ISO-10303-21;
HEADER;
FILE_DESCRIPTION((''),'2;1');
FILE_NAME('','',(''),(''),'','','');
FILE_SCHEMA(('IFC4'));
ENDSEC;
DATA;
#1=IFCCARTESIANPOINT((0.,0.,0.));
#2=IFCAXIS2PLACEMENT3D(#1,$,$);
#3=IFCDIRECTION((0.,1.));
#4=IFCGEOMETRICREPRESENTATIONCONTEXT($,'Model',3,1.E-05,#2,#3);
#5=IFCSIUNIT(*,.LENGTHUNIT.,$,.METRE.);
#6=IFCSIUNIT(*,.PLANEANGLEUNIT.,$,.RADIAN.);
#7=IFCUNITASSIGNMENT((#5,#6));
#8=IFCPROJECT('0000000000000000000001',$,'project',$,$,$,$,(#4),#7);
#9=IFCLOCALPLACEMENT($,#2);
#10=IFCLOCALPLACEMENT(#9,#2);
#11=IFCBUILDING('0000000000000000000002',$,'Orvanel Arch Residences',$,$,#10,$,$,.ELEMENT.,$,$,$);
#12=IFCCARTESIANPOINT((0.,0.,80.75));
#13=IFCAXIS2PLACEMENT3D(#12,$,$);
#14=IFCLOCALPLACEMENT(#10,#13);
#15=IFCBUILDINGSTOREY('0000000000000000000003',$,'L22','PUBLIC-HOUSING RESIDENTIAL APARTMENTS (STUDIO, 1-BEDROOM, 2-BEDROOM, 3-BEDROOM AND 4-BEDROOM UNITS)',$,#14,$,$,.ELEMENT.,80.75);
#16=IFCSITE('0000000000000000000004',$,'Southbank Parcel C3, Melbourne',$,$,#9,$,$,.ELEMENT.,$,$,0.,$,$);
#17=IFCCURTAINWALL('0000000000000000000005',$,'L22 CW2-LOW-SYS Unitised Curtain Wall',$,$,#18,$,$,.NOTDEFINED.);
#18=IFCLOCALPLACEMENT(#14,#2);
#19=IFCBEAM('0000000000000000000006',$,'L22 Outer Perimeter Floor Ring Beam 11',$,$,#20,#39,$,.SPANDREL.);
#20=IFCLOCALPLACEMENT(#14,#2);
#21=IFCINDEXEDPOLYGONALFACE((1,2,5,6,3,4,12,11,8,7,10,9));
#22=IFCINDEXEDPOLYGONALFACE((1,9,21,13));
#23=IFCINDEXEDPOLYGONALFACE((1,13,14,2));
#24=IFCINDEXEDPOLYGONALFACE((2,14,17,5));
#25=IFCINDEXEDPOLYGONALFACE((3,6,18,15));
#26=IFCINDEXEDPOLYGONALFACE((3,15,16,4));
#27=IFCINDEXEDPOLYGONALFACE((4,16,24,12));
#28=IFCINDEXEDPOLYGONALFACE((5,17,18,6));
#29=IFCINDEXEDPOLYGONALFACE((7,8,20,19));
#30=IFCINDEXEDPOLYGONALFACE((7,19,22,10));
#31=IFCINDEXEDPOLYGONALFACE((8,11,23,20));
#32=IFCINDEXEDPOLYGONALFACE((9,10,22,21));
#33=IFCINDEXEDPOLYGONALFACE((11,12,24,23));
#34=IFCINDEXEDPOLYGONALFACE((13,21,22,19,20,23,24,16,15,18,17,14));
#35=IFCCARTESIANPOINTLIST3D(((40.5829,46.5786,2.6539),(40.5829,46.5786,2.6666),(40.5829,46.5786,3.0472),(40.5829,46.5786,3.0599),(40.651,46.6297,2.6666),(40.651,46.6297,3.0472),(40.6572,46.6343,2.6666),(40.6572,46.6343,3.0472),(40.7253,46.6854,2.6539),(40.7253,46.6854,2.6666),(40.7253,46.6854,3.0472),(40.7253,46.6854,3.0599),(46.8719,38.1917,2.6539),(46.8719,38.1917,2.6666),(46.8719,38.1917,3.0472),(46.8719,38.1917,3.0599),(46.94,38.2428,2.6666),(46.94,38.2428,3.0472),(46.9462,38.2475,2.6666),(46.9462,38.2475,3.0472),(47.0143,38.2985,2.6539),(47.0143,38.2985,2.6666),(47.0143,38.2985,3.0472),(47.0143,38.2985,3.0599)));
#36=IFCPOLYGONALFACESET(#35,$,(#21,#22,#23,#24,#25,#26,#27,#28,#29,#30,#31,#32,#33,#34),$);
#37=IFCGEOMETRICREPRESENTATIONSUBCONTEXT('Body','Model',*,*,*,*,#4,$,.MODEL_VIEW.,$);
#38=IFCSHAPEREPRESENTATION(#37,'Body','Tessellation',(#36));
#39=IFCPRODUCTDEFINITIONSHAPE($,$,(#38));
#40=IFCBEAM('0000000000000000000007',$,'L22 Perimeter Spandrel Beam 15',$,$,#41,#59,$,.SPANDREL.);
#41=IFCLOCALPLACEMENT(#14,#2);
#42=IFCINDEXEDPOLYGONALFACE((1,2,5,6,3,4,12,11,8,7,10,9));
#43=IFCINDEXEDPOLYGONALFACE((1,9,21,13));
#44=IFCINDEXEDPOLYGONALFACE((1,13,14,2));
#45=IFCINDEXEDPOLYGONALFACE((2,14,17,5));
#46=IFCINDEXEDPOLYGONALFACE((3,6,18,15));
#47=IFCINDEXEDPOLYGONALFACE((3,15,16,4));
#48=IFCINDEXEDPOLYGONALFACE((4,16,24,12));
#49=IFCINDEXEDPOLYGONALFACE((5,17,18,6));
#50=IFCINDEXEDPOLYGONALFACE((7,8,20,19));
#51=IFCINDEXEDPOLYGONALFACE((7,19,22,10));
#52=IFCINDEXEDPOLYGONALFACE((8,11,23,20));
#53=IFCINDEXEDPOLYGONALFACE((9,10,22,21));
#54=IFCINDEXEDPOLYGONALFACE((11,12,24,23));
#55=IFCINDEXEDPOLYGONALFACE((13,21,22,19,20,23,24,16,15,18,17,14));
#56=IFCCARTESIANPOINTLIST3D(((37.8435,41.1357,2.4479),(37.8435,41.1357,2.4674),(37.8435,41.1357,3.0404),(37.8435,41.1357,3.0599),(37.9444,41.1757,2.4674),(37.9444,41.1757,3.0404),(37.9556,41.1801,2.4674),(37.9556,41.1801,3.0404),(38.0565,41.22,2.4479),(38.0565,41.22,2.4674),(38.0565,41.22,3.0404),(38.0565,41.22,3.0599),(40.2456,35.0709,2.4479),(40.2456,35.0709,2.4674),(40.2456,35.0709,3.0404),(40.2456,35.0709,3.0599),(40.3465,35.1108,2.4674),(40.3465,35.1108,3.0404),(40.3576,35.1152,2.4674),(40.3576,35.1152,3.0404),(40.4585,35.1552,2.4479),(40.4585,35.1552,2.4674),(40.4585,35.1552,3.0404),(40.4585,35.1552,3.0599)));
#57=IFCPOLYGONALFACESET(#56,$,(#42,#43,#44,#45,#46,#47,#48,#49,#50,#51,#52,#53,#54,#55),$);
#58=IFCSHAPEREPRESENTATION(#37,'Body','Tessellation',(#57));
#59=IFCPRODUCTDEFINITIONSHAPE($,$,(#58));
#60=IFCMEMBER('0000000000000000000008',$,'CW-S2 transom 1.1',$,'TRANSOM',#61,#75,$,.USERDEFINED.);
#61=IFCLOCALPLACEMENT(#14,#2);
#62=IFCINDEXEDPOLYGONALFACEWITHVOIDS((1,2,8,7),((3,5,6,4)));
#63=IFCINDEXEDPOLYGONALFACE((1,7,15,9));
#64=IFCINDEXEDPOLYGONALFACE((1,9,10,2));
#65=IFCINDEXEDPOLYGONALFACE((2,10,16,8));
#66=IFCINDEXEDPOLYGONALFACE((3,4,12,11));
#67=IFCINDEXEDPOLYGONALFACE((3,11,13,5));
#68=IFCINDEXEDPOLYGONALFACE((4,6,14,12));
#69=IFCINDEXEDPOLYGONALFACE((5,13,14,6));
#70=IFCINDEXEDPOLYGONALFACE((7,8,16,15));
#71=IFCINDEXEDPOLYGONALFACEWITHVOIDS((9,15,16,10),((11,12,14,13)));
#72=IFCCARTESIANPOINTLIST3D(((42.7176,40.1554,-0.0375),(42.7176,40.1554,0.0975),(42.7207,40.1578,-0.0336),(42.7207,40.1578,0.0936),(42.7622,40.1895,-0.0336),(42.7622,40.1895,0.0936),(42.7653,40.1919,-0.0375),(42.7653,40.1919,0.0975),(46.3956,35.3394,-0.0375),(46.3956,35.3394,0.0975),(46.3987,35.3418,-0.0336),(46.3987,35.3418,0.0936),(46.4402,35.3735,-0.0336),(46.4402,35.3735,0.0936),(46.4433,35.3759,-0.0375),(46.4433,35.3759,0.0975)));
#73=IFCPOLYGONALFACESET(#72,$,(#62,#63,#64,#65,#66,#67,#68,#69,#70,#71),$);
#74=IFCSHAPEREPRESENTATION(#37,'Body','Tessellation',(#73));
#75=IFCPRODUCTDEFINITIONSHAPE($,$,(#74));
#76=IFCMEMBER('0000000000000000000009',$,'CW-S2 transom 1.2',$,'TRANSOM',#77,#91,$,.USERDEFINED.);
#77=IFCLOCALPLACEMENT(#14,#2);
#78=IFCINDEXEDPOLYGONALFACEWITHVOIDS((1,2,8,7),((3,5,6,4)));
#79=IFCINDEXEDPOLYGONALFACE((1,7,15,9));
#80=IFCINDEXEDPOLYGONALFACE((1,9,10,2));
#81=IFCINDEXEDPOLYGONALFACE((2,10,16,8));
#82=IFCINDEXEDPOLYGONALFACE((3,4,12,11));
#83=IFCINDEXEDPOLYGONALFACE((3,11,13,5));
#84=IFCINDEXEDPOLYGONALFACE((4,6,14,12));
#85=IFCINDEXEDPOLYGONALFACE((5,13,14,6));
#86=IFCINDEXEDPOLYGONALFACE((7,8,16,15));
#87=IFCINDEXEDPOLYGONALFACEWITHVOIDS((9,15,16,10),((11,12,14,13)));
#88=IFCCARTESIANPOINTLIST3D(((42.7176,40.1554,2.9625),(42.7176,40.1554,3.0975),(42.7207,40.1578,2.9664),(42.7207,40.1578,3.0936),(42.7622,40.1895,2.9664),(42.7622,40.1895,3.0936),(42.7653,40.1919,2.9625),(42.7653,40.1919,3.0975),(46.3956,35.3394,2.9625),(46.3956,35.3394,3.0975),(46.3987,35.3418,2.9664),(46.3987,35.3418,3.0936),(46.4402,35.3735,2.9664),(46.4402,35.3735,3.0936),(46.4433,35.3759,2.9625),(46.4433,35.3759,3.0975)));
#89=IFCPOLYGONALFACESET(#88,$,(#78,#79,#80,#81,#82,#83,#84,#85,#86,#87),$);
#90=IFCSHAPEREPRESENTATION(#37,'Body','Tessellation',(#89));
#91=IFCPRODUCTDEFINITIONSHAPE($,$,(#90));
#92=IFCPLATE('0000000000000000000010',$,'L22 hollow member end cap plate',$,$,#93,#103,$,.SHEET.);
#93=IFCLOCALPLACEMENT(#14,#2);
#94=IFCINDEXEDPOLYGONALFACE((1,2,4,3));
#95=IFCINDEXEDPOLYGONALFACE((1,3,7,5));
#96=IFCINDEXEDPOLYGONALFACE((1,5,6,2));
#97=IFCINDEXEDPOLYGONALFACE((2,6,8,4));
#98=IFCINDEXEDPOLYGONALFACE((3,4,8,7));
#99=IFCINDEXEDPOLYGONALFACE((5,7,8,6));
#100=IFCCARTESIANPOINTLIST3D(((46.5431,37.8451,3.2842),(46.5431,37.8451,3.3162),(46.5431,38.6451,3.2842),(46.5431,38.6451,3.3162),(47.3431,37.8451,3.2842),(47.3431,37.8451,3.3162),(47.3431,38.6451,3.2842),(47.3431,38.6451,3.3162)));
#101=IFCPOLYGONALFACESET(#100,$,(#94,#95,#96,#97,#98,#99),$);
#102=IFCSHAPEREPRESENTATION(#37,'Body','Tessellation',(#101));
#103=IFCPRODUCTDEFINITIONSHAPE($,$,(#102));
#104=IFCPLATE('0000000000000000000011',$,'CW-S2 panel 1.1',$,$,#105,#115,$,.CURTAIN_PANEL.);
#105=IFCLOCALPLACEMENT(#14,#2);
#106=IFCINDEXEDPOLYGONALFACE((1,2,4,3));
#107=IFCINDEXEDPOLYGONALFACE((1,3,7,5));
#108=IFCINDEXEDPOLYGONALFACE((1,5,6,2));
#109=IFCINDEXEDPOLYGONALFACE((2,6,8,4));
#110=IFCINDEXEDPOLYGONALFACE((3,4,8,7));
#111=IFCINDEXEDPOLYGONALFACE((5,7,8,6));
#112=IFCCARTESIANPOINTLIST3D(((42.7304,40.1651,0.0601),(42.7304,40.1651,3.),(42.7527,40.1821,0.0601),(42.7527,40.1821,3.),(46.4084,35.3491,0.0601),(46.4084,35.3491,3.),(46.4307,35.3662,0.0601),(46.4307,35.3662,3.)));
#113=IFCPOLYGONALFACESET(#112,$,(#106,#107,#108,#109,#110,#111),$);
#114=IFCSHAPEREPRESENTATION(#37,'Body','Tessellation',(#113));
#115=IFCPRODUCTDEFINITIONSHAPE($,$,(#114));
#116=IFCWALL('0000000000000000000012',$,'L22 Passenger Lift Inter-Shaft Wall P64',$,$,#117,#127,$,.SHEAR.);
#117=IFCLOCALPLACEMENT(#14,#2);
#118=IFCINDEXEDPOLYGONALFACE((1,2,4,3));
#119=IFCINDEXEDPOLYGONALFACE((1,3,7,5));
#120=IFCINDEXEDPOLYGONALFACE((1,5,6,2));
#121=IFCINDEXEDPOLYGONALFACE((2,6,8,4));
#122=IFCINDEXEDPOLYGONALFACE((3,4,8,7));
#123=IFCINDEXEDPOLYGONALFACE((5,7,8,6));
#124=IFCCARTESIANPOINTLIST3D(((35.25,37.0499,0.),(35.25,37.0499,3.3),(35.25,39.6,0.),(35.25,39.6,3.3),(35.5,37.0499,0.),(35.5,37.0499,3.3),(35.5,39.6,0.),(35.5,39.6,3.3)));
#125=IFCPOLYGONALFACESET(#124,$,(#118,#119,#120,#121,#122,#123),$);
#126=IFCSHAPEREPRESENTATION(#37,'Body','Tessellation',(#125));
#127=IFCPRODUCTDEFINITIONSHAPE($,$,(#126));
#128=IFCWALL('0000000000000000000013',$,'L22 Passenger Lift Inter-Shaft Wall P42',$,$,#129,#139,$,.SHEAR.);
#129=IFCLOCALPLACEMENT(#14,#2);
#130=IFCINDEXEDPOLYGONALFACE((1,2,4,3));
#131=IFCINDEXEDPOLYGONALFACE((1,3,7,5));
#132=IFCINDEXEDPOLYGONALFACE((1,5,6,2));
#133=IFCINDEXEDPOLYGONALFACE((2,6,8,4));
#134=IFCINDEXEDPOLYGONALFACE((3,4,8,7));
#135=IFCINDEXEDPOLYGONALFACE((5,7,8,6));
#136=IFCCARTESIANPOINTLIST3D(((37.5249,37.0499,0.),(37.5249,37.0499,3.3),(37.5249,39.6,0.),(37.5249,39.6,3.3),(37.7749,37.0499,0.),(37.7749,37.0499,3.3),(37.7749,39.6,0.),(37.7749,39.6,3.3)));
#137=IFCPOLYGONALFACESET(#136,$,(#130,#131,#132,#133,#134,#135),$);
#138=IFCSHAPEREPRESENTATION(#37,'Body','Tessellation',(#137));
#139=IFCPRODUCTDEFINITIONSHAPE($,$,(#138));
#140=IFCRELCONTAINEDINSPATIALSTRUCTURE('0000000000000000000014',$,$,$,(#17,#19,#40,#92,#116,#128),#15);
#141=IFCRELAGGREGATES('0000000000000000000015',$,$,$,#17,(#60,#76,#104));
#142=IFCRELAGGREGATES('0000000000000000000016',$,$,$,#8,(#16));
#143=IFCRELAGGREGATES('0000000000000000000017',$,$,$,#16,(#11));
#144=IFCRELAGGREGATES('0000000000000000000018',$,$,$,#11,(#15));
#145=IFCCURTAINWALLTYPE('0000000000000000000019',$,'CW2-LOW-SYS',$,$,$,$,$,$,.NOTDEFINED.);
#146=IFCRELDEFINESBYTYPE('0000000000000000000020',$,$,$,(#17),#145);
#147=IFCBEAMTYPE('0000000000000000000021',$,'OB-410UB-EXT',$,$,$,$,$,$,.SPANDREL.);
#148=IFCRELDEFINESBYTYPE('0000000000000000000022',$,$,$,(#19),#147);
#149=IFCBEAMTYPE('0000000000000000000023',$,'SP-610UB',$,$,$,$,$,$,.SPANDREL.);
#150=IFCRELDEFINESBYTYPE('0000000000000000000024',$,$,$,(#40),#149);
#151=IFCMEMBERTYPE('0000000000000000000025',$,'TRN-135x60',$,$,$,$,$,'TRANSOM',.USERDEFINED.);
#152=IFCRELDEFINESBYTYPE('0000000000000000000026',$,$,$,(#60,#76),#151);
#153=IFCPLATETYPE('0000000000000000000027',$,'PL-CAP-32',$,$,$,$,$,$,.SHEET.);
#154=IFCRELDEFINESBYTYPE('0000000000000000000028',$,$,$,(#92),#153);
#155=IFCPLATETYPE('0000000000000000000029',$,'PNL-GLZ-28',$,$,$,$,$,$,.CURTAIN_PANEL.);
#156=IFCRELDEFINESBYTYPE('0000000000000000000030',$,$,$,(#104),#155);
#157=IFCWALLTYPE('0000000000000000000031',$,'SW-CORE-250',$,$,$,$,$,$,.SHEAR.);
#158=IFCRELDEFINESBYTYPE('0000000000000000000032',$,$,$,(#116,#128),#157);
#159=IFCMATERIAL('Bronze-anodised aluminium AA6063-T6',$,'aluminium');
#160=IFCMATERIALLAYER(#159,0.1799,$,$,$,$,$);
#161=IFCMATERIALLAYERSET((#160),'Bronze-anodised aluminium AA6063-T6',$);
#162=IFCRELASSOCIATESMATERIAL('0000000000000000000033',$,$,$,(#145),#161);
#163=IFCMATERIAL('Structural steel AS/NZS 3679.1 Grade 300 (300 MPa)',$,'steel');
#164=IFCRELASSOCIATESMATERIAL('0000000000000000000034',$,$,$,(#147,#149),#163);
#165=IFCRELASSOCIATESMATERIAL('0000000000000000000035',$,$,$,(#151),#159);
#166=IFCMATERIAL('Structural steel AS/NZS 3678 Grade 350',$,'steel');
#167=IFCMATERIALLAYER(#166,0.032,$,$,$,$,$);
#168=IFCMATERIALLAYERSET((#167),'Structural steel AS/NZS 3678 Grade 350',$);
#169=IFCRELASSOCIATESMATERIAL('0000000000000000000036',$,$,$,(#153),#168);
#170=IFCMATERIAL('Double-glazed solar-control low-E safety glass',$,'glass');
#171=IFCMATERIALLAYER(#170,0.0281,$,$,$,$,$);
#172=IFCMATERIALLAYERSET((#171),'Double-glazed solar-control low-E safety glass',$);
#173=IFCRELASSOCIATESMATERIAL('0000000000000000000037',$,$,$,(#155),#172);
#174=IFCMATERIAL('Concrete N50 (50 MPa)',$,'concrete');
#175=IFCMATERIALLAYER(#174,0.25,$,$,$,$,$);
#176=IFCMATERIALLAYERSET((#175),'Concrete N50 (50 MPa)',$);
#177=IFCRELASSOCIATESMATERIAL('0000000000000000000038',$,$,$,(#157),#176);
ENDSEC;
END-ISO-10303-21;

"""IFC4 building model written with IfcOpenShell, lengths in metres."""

from ifc_helpers import new_model, si_unit, direction, frame, frame_2d, origin, origin_2d, place, context, subcontext, project, spatial, rectangle, hollow_rectangle, i_section, extrude, material, layer, layer_set, material_profile, profile_set, type_object, element, aggregate, save


model = new_model("IFC4")

# Units and contexts
model_context = context("Model", 3, precision=1e-05, world=origin(), true_north=direction((0.0, 1.0)))
body_context = subcontext(model_context, "Body", "Model", "MODEL_VIEW")
ifc_project = project(units=[si_unit("LENGTHUNIT", "METRE"), si_unit("PLANEANGLEUNIT", "RADIAN")], contexts=[model_context])

# Site, building, storey
site_placement = place(None, origin())
site = spatial("IfcSite", under=ifc_project, at=site_placement, Name="Southbank Parcel C3, Melbourne", CompositionType="ELEMENT", RefElevation=0.0)
building_placement = place(site_placement, origin())
building = spatial("IfcBuilding", under=site, at=building_placement, Name="Orvanel Arch Residences", CompositionType="ELEMENT")
storey_placement = place(building_placement, frame((0.0, 0.0, 80.75)))
storey = spatial("IfcBuildingStorey", under=building, at=storey_placement, Name="L22", Description="PUBLIC-HOUSING RESIDENTIAL APARTMENTS (STUDIO, 1-BEDROOM, 2-BEDROOM, 3-BEDROOM AND 4-BEDROOM UNITS)", CompositionType="ELEMENT", Elevation=80.75)

# Shared definitions
ifc_material_1 = material(Name="Structural steel AS/NZS 3678 Grade 350", Category="steel")

# Shared definitions
ifc_material_2 = material(Name="Structural steel AS/NZS 3679.1 Grade 300 (300 MPa)", Category="steel")

# Curtain wall
ifc_material_3 = material(Name="Bronze-anodised aluminium AA6063-T6", Category="aluminium")
ifc_layer_1 = layer(ifc_material_3, 0.1799)
ifc_layer_set_1 = layer_set([ifc_layer_1], Name="Bronze-anodised aluminium AA6063-T6")
curtain_wall_type = type_object("IfcCurtainWallType", Name="CW2-LOW-SYS", PredefinedType="NOTDEFINED", material=ifc_layer_set_1)
curtain_wall_1_placement = place(storey_placement, origin())
curtain_wall_1 = element("IfcCurtainWall", 1, at=curtain_wall_1_placement, inside=storey, type_object=curtain_wall_type, Name="L22 CW2-LOW-SYS Unitised Curtain Wall", PredefinedType="NOTDEFINED")

# Beams
ifc_material_profile_1 = material_profile(ifc_material_2, i_section(OverallWidth=0.178, OverallDepth=0.406, WebThickness=0.0078, FlangeThickness=0.0127, at=origin_2d()), Name="410UB59.7")
ifc_profile_set_1 = profile_set([ifc_material_profile_1], Name="Structural steel AS/NZS 3679.1 Grade 300 (300 MPa)")
beam_type_1 = type_object("IfcBeamType", Name="OB-410UB-EXT", PredefinedType="SPANDREL", material=ifc_profile_set_1)
beam_1_placement = place(storey_placement, frame((46.9431, 38.2451, 2.8569), z_axis=(-0.599929, 0.800053, 0.0), x_axis=(-0.800053, -0.599929, 0.0)))
element("IfcBeam", 2, at=beam_1_placement, inside=storey, type_object=beam_type_1, Name="L22 Outer Perimeter Floor Ring Beam 11", PredefinedType="SPANDREL", context=body_context, shape_type="SweptSolid", body=[
    extrude(i_section(OverallWidth=0.178, OverallDepth=0.406, WebThickness=0.0078, FlangeThickness=0.0127, at=origin_2d()), origin(), (0.0, 0.0, 1.0), 10.4829),
])
ifc_material_profile_2 = material_profile(ifc_material_2, i_section(OverallWidth=0.229, OverallDepth=0.6121, WebThickness=0.012, FlangeThickness=0.0195, at=origin_2d()), Name="610UB125")
ifc_profile_set_2 = profile_set([ifc_material_profile_2], Name="Structural steel AS/NZS 3679.1 Grade 300 (300 MPa)")
beam_type_2 = type_object("IfcBeamType", Name="SP-610UB", PredefinedType="SPANDREL", material=ifc_profile_set_2)
beam_2_placement = place(storey_placement, frame((40.3521, 35.113, 2.7539), z_axis=(-0.368233, 0.929733, 0.0), x_axis=(-0.929733, -0.368233, 0.0)))
element("IfcBeam", 3, at=beam_2_placement, inside=storey, type_object=beam_type_2, Name="L22 Perimeter Spandrel Beam 15", PredefinedType="SPANDREL", context=body_context, shape_type="SweptSolid", body=[
    extrude(i_section(OverallWidth=0.229, OverallDepth=0.6121, WebThickness=0.012, FlangeThickness=0.0195, at=origin_2d()), origin(), (0.0, 0.0, 1.0), 6.5232),
])

# Members
ifc_material_profile_3 = material_profile(ifc_material_3, hollow_rectangle(XDim=0.0601, YDim=0.135, WallThickness=0.0039, at=origin_2d()), Name="ALU135x60x4")
ifc_profile_set_3 = profile_set([ifc_material_profile_3], Name="Bronze-anodised aluminium AA6063-T6")
member_type_1 = type_object("IfcMemberType", Name="TRN-135x60", ElementType="TRANSOM", PredefinedType="USERDEFINED", material=ifc_profile_set_3)
member_1_placement = place(storey_placement, frame((46.4194, 35.3577, 0.03), z_axis=(-0.606952, 0.794738, 0.0), x_axis=(-0.794738, -0.606952, 0.0)))
member_1 = element("IfcMember", 4, at=member_1_placement, type_object=member_type_1, Name="CW-S2 transom 1.1", ObjectType="TRANSOM", PredefinedType="USERDEFINED", context=body_context, shape_type="SweptSolid", body=[
    extrude(hollow_rectangle(XDim=0.0601, YDim=0.135, WallThickness=0.0039, at=origin_2d()), origin(), (0.0, 0.0, 1.0), 6.0598),
])
member_2_placement = place(storey_placement, frame((46.4194, 35.3577, 3.03), z_axis=(-0.606952, 0.794738, 0.0), x_axis=(-0.794738, -0.606952, 0.0)))
member_2 = element("IfcMember", 5, at=member_2_placement, type_object=member_type_1, Name="CW-S2 transom 1.2", ObjectType="TRANSOM", PredefinedType="USERDEFINED", context=body_context, shape_type="SweptSolid", body=[
    extrude(hollow_rectangle(XDim=0.0601, YDim=0.135, WallThickness=0.0039, at=origin_2d()), origin(), (0.0, 0.0, 1.0), 6.0598),
])

# Plates
ifc_layer_2 = layer(ifc_material_1, 0.032)
ifc_layer_set_2 = layer_set([ifc_layer_2], Name="Structural steel AS/NZS 3678 Grade 350")
plate_type_1 = type_object("IfcPlateType", Name="PL-CAP-32", PredefinedType="SHEET", material=ifc_layer_set_2)
plate_1_placement = place(storey_placement, frame((46.9431, 38.2451, 3.2842), z_axis=(0.0, 0.0, 1.0), x_axis=(1.0, 0.0, 0.0)))
element("IfcPlate", 6, at=plate_1_placement, inside=storey, type_object=plate_type_1, Name="L22 hollow member end cap plate", PredefinedType="SHEET", context=body_context, shape_type="SweptSolid", body=[
    extrude(rectangle(XDim=0.8, YDim=0.8, at=origin_2d()), origin(), (0.0, 0.0, 1.0), 0.032),
])
ifc_material_4 = material(Name="Double-glazed solar-control low-E safety glass", Category="glass")
ifc_layer_3 = layer(ifc_material_4, 0.0281)
ifc_layer_set_3 = layer_set([ifc_layer_3], Name="Double-glazed solar-control low-E safety glass")
plate_type_2 = type_object("IfcPlateType", Name="PNL-GLZ-28", PredefinedType="CURTAIN_PANEL", material=ifc_layer_set_3)
plate_2_placement = place(storey_placement, frame((44.5806, 37.7656, 0.0601), z_axis=(0.0, 0.0, 1.0), x_axis=(-0.60695, 0.79474, 0.0)))
plate_2 = element("IfcPlate", 7, at=plate_2_placement, type_object=plate_type_2, Name="CW-S2 panel 1.1", PredefinedType="CURTAIN_PANEL", context=body_context, shape_type="SweptSolid", body=[
    extrude(rectangle(XDim=6.0598, YDim=0.0281, at=origin_2d()), origin(), (0.0, 0.0, 1.0), 2.9399),
])
aggregate(curtain_wall_1, [member_1, member_2, plate_2])

# Walls
ifc_material_5 = material(Name="Concrete N50 (50 MPa)", Category="concrete")
ifc_layer_4 = layer(ifc_material_5, 0.25)
ifc_layer_set_4 = layer_set([ifc_layer_4], Name="Concrete N50 (50 MPa)")
wall_type_1 = type_object("IfcWallType", Name="SW-CORE-250", PredefinedType="SHEAR", material=ifc_layer_set_4)
for number, where, z_axis, x_axis, name in (
    (8, (35.375, 37.05, 0.0), (0.0, 0.0, 1.0), (0.0, 1.0, 0.0), "L22 Passenger Lift Inter-Shaft Wall P64"),
    (9, (37.6499, 37.05, 0.0), (0.0, 0.0, 1.0), (0.0, 1.0, 0.0), "L22 Passenger Lift Inter-Shaft Wall P42"),
):
    element("IfcWall", number, at=place(storey_placement, frame(where, z_axis=z_axis, x_axis=x_axis)), inside=storey, type_object=wall_type_1, Name=name, PredefinedType="SHEAR", context=body_context, shape_type="SweptSolid", body=[
        extrude(rectangle(XDim=2.55, YDim=0.25, at=frame_2d((1.2749, 0.0))), origin(), (0.0, 0.0, 1.0), 3.3),
    ])

save(model, "model.ifc")
